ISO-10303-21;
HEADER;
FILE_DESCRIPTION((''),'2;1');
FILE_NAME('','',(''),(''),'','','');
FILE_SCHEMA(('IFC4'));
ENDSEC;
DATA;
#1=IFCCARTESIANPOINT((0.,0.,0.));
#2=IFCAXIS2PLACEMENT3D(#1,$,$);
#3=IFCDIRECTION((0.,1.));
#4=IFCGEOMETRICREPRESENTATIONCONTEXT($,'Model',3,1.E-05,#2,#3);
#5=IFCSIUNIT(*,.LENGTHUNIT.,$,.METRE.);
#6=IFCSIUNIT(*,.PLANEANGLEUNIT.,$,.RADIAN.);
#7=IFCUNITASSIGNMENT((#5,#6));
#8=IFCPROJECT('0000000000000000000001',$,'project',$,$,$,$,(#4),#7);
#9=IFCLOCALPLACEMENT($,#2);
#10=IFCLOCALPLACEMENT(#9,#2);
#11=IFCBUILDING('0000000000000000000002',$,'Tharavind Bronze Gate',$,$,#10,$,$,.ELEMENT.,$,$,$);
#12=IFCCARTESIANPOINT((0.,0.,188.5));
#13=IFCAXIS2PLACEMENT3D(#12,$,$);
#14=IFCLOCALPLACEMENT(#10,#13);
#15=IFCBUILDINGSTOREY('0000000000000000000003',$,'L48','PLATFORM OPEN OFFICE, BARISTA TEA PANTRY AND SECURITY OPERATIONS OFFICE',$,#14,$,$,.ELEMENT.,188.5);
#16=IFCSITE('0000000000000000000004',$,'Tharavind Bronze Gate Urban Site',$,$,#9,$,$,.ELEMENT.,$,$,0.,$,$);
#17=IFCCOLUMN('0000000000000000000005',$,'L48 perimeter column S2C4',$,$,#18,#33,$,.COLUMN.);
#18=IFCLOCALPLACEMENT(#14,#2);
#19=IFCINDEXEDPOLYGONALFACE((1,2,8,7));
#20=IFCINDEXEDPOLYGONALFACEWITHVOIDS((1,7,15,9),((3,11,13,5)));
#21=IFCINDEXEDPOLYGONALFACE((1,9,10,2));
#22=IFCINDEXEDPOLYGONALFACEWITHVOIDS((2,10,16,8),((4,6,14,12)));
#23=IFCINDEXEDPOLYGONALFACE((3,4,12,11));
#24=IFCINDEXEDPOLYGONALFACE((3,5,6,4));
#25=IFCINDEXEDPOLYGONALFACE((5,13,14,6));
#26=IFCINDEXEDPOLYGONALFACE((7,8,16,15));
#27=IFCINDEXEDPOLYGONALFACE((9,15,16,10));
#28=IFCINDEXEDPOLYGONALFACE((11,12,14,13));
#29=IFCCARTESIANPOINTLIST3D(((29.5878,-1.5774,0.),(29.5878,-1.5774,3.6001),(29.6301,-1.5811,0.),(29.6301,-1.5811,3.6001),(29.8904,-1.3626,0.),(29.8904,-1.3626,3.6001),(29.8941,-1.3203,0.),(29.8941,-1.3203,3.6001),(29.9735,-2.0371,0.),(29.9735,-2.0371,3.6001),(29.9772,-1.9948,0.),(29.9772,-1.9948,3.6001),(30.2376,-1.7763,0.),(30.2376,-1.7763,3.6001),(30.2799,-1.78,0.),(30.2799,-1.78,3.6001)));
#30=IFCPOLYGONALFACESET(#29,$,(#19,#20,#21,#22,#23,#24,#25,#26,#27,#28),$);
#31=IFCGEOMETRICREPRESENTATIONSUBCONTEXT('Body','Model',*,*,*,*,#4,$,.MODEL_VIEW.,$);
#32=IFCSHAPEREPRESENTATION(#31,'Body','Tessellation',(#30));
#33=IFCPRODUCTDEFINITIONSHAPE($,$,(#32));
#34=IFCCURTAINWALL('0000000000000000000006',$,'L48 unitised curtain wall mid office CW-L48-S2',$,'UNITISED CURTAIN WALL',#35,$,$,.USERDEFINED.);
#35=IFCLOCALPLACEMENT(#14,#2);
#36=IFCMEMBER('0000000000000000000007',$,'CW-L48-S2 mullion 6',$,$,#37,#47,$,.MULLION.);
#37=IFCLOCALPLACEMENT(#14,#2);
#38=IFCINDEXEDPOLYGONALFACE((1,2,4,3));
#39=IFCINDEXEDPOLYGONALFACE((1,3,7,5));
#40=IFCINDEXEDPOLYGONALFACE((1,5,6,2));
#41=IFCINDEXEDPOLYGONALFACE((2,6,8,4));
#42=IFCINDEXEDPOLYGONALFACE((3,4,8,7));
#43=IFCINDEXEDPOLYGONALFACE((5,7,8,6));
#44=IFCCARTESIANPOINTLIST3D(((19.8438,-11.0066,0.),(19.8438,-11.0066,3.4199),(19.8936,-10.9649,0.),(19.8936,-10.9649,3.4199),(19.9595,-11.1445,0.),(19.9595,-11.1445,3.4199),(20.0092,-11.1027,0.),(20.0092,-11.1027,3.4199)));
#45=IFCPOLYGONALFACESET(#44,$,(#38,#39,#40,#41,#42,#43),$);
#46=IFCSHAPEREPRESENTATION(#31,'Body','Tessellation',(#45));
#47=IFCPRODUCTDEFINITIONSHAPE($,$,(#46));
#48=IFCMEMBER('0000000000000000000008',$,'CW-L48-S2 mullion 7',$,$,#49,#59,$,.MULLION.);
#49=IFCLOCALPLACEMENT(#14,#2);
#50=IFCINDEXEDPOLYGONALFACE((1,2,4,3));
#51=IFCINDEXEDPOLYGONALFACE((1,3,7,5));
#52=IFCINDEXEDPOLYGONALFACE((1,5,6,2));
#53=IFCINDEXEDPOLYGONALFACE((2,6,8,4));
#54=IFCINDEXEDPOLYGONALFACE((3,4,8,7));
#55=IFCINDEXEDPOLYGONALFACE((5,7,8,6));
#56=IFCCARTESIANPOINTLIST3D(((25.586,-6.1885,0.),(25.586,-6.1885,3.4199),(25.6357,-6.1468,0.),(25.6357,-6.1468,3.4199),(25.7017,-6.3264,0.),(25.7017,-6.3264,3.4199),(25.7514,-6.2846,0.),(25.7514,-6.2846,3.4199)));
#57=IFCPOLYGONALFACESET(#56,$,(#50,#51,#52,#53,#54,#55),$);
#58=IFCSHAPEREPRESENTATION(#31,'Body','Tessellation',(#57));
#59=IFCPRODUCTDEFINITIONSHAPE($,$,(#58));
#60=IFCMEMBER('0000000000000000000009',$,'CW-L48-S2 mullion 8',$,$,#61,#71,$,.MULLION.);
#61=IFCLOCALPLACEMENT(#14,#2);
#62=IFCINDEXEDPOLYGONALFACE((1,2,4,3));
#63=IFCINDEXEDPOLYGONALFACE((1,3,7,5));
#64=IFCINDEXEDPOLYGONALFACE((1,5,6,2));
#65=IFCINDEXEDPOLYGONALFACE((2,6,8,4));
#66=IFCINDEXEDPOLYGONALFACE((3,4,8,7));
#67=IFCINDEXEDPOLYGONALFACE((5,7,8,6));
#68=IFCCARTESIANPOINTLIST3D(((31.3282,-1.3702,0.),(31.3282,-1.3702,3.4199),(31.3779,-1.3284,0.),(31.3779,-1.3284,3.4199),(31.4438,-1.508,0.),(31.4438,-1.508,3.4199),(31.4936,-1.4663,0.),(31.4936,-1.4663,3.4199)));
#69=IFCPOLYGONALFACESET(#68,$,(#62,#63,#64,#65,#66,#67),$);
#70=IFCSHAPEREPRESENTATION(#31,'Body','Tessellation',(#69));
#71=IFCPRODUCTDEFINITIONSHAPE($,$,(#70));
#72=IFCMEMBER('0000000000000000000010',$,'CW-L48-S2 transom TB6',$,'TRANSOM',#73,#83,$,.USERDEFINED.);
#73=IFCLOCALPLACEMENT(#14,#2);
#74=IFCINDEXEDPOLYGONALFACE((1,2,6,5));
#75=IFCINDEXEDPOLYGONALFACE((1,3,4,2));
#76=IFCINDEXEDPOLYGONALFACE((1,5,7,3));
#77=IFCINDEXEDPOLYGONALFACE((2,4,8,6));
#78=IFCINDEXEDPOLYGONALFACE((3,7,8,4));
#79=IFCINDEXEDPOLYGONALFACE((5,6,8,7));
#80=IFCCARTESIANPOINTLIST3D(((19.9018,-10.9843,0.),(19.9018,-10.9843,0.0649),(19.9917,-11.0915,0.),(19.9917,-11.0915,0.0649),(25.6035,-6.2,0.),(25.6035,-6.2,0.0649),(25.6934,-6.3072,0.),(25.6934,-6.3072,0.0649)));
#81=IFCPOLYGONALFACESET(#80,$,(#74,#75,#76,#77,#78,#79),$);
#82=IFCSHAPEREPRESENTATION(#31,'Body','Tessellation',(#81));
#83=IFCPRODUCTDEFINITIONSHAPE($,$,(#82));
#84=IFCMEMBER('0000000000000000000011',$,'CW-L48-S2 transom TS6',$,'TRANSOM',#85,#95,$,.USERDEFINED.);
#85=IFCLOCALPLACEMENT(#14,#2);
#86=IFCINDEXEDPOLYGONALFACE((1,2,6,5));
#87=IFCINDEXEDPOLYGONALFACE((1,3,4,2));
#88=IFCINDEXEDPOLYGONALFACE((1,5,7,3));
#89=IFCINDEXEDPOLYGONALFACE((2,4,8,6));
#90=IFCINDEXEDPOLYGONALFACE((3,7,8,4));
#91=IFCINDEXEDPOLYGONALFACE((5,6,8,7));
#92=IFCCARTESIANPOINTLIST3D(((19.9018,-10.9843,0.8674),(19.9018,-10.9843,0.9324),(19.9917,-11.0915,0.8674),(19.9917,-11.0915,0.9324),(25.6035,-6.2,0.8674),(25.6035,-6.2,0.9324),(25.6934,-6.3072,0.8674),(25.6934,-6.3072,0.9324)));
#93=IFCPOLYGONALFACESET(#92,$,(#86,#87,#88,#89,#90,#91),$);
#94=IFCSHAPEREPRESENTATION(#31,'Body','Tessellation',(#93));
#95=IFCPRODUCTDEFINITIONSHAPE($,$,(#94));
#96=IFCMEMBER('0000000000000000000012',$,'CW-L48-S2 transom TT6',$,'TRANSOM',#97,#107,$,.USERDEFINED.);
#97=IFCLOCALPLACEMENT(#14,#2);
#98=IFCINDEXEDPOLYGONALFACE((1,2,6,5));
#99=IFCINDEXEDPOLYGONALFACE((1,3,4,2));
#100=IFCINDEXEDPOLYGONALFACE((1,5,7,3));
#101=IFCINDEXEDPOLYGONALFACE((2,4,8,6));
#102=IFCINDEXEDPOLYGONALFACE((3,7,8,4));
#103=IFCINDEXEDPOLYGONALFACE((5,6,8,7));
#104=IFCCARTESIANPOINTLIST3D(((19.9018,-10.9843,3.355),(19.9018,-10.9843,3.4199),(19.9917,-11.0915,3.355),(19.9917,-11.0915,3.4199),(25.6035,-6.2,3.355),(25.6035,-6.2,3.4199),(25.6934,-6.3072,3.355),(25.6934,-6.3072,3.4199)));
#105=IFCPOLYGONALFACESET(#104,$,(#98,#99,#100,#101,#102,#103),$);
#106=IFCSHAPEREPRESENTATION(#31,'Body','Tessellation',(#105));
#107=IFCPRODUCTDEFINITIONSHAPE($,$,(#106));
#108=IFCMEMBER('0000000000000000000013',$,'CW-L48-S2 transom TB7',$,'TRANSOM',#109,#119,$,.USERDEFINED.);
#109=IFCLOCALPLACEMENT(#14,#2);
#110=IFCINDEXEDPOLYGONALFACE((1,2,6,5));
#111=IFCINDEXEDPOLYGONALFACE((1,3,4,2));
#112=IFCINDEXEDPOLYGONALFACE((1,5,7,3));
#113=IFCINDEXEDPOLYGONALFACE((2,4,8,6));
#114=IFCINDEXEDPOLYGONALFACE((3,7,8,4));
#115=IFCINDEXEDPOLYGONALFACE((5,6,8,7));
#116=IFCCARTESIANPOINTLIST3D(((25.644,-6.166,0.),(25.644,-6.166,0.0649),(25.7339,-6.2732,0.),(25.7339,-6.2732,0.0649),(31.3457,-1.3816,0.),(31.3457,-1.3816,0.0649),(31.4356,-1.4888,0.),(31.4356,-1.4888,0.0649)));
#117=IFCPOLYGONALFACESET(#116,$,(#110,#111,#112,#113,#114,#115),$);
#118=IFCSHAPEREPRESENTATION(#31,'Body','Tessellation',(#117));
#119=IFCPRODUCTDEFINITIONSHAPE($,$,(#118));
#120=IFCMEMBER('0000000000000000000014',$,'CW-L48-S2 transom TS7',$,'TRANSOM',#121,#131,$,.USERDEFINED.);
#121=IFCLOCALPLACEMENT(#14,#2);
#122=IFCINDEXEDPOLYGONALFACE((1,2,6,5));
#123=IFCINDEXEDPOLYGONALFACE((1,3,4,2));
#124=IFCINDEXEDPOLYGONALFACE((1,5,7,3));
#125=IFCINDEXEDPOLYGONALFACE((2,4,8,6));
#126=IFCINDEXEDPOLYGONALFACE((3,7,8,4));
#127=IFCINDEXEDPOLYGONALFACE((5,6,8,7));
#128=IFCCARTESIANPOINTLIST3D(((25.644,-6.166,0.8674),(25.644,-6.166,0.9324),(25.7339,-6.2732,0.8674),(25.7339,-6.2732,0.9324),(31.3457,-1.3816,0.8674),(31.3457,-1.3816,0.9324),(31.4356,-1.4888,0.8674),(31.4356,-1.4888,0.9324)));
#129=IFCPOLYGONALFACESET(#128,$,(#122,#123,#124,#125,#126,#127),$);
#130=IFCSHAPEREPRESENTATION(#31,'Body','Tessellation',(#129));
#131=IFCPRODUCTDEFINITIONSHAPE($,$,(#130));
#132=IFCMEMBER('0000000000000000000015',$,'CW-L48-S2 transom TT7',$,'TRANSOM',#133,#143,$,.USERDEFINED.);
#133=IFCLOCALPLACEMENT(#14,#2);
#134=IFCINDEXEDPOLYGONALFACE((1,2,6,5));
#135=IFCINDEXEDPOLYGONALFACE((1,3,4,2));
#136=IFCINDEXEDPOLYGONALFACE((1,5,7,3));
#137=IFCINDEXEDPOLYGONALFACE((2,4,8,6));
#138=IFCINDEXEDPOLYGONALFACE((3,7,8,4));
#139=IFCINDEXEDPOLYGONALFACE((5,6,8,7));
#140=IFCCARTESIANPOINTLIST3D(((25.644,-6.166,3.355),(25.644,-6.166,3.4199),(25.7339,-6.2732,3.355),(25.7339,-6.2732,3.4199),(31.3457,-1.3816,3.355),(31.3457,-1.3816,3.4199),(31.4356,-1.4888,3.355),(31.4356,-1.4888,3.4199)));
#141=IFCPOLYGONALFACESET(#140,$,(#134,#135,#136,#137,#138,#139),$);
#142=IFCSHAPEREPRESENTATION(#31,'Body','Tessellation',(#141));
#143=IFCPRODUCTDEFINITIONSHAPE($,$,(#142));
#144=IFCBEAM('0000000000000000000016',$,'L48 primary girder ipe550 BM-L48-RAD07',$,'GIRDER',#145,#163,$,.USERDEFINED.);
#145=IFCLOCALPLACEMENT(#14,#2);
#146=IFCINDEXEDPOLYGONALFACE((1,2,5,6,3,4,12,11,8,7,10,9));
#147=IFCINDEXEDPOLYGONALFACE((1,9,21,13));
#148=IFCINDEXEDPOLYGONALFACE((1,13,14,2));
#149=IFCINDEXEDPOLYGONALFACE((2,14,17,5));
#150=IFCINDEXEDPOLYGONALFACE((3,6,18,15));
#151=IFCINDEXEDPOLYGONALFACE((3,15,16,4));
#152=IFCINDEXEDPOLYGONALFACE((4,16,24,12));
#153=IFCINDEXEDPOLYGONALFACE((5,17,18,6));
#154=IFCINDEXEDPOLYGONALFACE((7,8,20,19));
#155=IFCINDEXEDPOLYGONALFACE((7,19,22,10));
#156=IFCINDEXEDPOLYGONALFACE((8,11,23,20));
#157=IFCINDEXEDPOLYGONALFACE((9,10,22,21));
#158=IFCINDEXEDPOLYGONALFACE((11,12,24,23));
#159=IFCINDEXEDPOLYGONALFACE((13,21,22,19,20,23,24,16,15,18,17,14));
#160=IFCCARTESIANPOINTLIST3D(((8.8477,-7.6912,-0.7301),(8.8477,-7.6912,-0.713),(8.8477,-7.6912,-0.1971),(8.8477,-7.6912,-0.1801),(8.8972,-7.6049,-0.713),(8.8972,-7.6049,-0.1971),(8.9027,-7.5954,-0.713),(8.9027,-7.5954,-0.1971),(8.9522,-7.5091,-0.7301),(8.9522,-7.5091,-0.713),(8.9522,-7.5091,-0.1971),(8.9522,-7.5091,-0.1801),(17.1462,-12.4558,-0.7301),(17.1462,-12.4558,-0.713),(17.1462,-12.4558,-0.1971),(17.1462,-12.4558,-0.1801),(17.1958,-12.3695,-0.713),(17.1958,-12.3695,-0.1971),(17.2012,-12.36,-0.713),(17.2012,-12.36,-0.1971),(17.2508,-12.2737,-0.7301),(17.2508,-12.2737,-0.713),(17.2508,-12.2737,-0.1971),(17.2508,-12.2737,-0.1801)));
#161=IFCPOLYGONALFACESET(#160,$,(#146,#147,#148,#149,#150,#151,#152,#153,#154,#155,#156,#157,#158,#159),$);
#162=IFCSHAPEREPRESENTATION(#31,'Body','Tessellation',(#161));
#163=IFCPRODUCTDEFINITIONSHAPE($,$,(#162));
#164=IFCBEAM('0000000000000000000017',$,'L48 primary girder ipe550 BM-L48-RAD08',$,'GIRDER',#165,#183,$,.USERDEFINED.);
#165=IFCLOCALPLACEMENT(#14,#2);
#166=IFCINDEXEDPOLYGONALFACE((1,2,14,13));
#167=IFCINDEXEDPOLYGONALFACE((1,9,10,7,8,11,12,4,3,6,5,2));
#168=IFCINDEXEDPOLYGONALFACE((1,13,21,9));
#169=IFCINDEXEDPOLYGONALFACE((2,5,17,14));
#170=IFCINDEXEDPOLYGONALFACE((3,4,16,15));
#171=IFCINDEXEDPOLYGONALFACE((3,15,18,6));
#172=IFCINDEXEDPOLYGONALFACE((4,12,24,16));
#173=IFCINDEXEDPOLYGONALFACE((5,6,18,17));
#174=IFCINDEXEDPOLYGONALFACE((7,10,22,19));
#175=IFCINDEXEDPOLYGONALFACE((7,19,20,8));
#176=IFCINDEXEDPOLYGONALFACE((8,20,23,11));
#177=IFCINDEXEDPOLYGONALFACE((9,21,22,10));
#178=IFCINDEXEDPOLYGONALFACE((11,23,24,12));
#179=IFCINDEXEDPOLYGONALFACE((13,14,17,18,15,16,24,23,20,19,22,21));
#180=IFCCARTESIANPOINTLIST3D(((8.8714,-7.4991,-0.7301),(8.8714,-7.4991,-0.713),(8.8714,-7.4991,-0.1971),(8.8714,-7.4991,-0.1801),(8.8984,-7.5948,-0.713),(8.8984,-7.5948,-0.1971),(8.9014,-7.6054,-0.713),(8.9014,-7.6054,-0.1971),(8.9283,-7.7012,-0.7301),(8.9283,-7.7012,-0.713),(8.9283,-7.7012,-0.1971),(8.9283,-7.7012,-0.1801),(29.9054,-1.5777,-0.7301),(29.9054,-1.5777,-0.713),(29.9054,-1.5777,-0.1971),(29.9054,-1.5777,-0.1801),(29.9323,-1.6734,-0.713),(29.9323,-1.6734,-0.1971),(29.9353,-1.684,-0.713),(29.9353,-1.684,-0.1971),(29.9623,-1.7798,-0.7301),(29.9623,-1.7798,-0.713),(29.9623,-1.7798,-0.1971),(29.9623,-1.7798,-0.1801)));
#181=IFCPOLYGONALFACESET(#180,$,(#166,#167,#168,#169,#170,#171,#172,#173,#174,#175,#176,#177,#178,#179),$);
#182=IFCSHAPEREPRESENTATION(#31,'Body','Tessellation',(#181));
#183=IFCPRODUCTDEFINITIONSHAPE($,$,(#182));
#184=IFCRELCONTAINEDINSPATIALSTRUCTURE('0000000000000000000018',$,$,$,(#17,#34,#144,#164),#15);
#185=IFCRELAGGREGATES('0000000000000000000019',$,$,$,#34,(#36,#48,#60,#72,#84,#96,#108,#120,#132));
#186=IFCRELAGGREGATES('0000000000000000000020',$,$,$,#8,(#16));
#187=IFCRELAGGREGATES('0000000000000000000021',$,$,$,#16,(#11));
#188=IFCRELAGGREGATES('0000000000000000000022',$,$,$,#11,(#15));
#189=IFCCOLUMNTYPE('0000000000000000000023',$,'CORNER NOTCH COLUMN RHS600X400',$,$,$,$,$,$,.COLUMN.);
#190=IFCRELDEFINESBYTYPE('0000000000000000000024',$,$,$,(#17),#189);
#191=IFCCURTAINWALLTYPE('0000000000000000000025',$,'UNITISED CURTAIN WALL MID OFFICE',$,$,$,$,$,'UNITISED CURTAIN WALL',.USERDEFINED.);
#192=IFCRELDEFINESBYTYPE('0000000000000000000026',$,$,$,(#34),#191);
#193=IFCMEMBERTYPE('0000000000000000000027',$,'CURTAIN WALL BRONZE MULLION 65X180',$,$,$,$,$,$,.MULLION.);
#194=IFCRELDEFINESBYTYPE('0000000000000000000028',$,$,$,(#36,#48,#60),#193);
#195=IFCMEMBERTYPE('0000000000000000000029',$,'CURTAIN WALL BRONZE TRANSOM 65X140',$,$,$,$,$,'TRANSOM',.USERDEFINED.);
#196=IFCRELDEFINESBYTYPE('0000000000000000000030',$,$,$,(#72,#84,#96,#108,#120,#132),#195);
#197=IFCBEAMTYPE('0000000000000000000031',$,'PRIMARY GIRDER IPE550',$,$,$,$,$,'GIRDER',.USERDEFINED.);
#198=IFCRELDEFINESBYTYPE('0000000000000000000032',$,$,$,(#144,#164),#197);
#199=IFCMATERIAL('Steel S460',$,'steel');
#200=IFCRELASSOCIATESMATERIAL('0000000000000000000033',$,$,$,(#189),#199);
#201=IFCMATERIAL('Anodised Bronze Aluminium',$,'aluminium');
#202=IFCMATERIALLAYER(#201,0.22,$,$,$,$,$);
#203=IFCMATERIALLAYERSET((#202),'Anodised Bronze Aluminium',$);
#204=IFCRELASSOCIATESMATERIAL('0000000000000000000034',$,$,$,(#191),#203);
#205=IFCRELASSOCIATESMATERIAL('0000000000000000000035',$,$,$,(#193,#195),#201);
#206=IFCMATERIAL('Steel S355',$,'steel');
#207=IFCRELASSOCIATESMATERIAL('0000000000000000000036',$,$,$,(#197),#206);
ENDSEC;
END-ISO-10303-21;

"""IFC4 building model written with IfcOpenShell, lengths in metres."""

from ifc_helpers import new_model, si_unit, direction, frame, origin, origin_2d, place, context, subcontext, project, spatial, rectangle, hollow_rectangle, i_section, extrude, material, layer, layer_set, material_profile, profile_set, type_object, element, aggregate, save


model = new_model("IFC4")

# Units and contexts
model_context = context("Model", 3, precision=1e-05, world=origin(), true_north=direction((0.0, 1.0)))
body_context = subcontext(model_context, "Body", "Model", "MODEL_VIEW")
ifc_project = project(units=[si_unit("LENGTHUNIT", "METRE"), si_unit("PLANEANGLEUNIT", "RADIAN")], contexts=[model_context])

# Site, building, storey
site_placement = place(None, origin())
site = spatial("IfcSite", under=ifc_project, at=site_placement, Name="Tharavind Bronze Gate Urban Site", CompositionType="ELEMENT", RefElevation=0.0)
building_placement = place(site_placement, origin())
building = spatial("IfcBuilding", under=site, at=building_placement, Name="Tharavind Bronze Gate", CompositionType="ELEMENT")
storey_placement = place(building_placement, frame((0.0, 0.0, 188.5)))
storey = spatial("IfcBuildingStorey", under=building, at=storey_placement, Name="L48", Description="PLATFORM OPEN OFFICE, BARISTA TEA PANTRY AND SECURITY OPERATIONS OFFICE", CompositionType="ELEMENT", Elevation=188.5)

# Column
ifc_material_1 = material(Name="Steel S460", Category="steel")
ifc_material_profile_1 = material_profile(ifc_material_1, hollow_rectangle(XDim=0.3999, YDim=0.6001, WallThickness=0.03, at=origin_2d()), Name="RHS600X400X30")
ifc_profile_set_1 = profile_set([ifc_material_profile_1], Name="Steel S460")
column_type = type_object("IfcColumnType", Name="CORNER NOTCH COLUMN RHS600X400", PredefinedType="COLUMN", material=ifc_profile_set_1)
column_placement = place(storey_placement, frame((29.9338, -1.6787, 0.0), z_axis=(0.0, 0.0, 1.0), x_axis=(0.766043, 0.642789, 0.0)))
element("IfcColumn", 1, at=column_placement, inside=storey, type_object=column_type, Name="L48 perimeter column S2C4", PredefinedType="COLUMN", context=body_context, shape_type="SweptSolid", body=[
    extrude(hollow_rectangle(XDim=0.3999, YDim=0.6001, WallThickness=0.03, at=origin_2d()), origin(), (0.0, 0.0, 1.0), 3.6001),
])

# Curtain wall, members
ifc_material_2 = material(Name="Anodised Bronze Aluminium", Category="aluminium")
ifc_layer_1 = layer(ifc_material_2, 0.22)
ifc_layer_set_1 = layer_set([ifc_layer_1], Name="Anodised Bronze Aluminium")
curtain_wall_type = type_object("IfcCurtainWallType", Name="UNITISED CURTAIN WALL MID OFFICE", ElementType="UNITISED CURTAIN WALL", PredefinedType="USERDEFINED", material=ifc_layer_set_1)
curtain_wall_placement = place(storey_placement, origin())
curtain_wall = element("IfcCurtainWall", 2, at=curtain_wall_placement, inside=storey, type_object=curtain_wall_type, Name="L48 unitised curtain wall mid office CW-L48-S2", ObjectType="UNITISED CURTAIN WALL", PredefinedType="USERDEFINED")
member_type_1 = type_object("IfcMemberType", Name="CURTAIN WALL BRONZE MULLION 65X180", PredefinedType="MULLION", material=ifc_material_2)
member_1_placement = place(storey_placement, frame((19.9265, -11.0547, 0.0), z_axis=(0.0, 0.0, 1.0), x_axis=(0.766043, 0.642789, 0.0)))
member_1 = element("IfcMember", 3, at=member_1_placement, type_object=member_type_1, Name="CW-L48-S2 mullion 6", PredefinedType="MULLION", context=body_context, shape_type="SweptSolid", body=[
    extrude(rectangle(XDim=0.0649, YDim=0.1799, at=origin_2d()), origin(), (0.0, 0.0, 1.0), 3.4199),
])
member_2_placement = place(storey_placement, frame((25.6687, -6.2366, 0.0), z_axis=(0.0, 0.0, 1.0), x_axis=(0.766043, 0.642789, 0.0)))
member_2 = element("IfcMember", 4, at=member_2_placement, type_object=member_type_1, Name="CW-L48-S2 mullion 7", PredefinedType="MULLION", context=body_context, shape_type="SweptSolid", body=[
    extrude(rectangle(XDim=0.0649, YDim=0.1799, at=origin_2d()), origin(), (0.0, 0.0, 1.0), 3.4199),
])
member_3_placement = place(storey_placement, frame((31.4109, -1.4182, 0.0), z_axis=(0.0, 0.0, 1.0), x_axis=(0.766043, 0.642789, 0.0)))
member_3 = element("IfcMember", 5, at=member_3_placement, type_object=member_type_1, Name="CW-L48-S2 mullion 8", PredefinedType="MULLION", context=body_context, shape_type="SweptSolid", body=[
    extrude(rectangle(XDim=0.0649, YDim=0.1799, at=origin_2d()), origin(), (0.0, 0.0, 1.0), 3.4199),
])
member_type_2 = type_object("IfcMemberType", Name="CURTAIN WALL BRONZE TRANSOM 65X140", ElementType="TRANSOM", PredefinedType="USERDEFINED", material=ifc_material_2)
member_4_placement = place(storey_placement, frame((22.7976, -8.6458, 0.0), z_axis=(0.0, 0.0, 1.0), x_axis=(0.766043, 0.642789, 0.0)))
member_4 = element("IfcMember", 6, at=member_4_placement, type_object=member_type_2, Name="CW-L48-S2 transom TB6", ObjectType="TRANSOM", PredefinedType="USERDEFINED", context=body_context, shape_type="SweptSolid", body=[
    extrude(rectangle(XDim=7.4431, YDim=0.1399, at=origin_2d()), origin(), (0.0, 0.0, 1.0), 0.0649),
])
member_5_placement = place(storey_placement, frame((22.7976, -8.6458, 0.8674), z_axis=(0.0, 0.0, 1.0), x_axis=(0.766043, 0.642789, 0.0)))
member_5 = element("IfcMember", 7, at=member_5_placement, type_object=member_type_2, Name="CW-L48-S2 transom TS6", ObjectType="TRANSOM", PredefinedType="USERDEFINED", context=body_context, shape_type="SweptSolid", body=[
    extrude(rectangle(XDim=7.4431, YDim=0.1399, at=origin_2d()), origin(), (0.0, 0.0, 1.0), 0.0649),
])
member_6_placement = place(storey_placement, frame((22.7976, -8.6458, 3.355), z_axis=(0.0, 0.0, 1.0), x_axis=(0.766043, 0.642789, 0.0)))
member_6 = element("IfcMember", 8, at=member_6_placement, type_object=member_type_2, Name="CW-L48-S2 transom TT6", ObjectType="TRANSOM", PredefinedType="USERDEFINED", context=body_context, shape_type="SweptSolid", body=[
    extrude(rectangle(XDim=7.4431, YDim=0.1399, at=origin_2d()), origin(), (0.0, 0.0, 1.0), 0.0649),
])
member_7_placement = place(storey_placement, frame((28.5398, -3.8274, 0.0), z_axis=(0.0, 0.0, 1.0), x_axis=(0.766043, 0.642789, 0.0)))
member_7 = element("IfcMember", 9, at=member_7_placement, type_object=member_type_2, Name="CW-L48-S2 transom TB7", ObjectType="TRANSOM", PredefinedType="USERDEFINED", context=body_context, shape_type="SweptSolid", body=[
    extrude(rectangle(XDim=7.4431, YDim=0.1399, at=origin_2d()), origin(), (0.0, 0.0, 1.0), 0.0649),
])
member_8_placement = place(storey_placement, frame((28.5398, -3.8274, 0.8674), z_axis=(0.0, 0.0, 1.0), x_axis=(0.766043, 0.642789, 0.0)))
member_8 = element("IfcMember", 10, at=member_8_placement, type_object=member_type_2, Name="CW-L48-S2 transom TS7", ObjectType="TRANSOM", PredefinedType="USERDEFINED", context=body_context, shape_type="SweptSolid", body=[
    extrude(rectangle(XDim=7.4431, YDim=0.1399, at=origin_2d()), origin(), (0.0, 0.0, 1.0), 0.0649),
])
member_9_placement = place(storey_placement, frame((28.5398, -3.8274, 3.355), z_axis=(0.0, 0.0, 1.0), x_axis=(0.766043, 0.642789, 0.0)))
member_9 = element("IfcMember", 11, at=member_9_placement, type_object=member_type_2, Name="CW-L48-S2 transom TT7", ObjectType="TRANSOM", PredefinedType="USERDEFINED", context=body_context, shape_type="SweptSolid", body=[
    extrude(rectangle(XDim=7.4431, YDim=0.1399, at=origin_2d()), origin(), (0.0, 0.0, 1.0), 0.0649),
])

# Beams
ifc_material_3 = material(Name="Steel S355", Category="steel")
ifc_material_profile_2 = material_profile(ifc_material_3, i_section(OverallWidth=0.21, OverallDepth=0.55, WebThickness=0.011, FlangeThickness=0.0171, at=origin_2d()), Name="IPE550")
ifc_profile_set_2 = profile_set([ifc_material_profile_2], Name="Steel S355")
beam_type_1 = type_object("IfcBeamType", Name="PRIMARY GIRDER IPE550", ElementType="GIRDER", PredefinedType="USERDEFINED", material=ifc_profile_set_2)
beam_1_placement = place(storey_placement, frame((17.1985, -12.3647, -0.4551), z_axis=(-0.867224, 0.497918, 0.0), x_axis=(-0.497918, -0.867224, 0.0)))
element("IfcBeam", 12, at=beam_1_placement, inside=storey, type_object=beam_type_1, Name="L48 primary girder ipe550 BM-L48-RAD07", ObjectType="GIRDER", PredefinedType="USERDEFINED", context=body_context, shape_type="SweptSolid", body=[
    extrude(i_section(OverallWidth=0.21, OverallDepth=0.55, WebThickness=0.011, FlangeThickness=0.0171, at=origin_2d()), origin(), (0.0, 0.0, 1.0), 9.5691),
])
beam_2_placement = place(storey_placement, frame((29.9338, -1.6787, -0.4551), z_axis=(-0.962584, -0.270983, 0.0), x_axis=(0.270983, -0.962584, 0.0)))
element("IfcBeam", 13, at=beam_2_placement, inside=storey, type_object=beam_type_1, Name="L48 primary girder ipe550 BM-L48-RAD08", ObjectType="GIRDER", PredefinedType="USERDEFINED", context=body_context, shape_type="SweptSolid", body=[
    extrude(i_section(OverallWidth=0.21, OverallDepth=0.55, WebThickness=0.011, FlangeThickness=0.0171, at=origin_2d()), origin(), (0.0, 0.0, 1.0), 21.8516),
])

aggregate(curtain_wall, [member_1, member_2, member_3, member_4, member_5, member_6, member_7, member_8, member_9])

save(model, "model.ifc")
